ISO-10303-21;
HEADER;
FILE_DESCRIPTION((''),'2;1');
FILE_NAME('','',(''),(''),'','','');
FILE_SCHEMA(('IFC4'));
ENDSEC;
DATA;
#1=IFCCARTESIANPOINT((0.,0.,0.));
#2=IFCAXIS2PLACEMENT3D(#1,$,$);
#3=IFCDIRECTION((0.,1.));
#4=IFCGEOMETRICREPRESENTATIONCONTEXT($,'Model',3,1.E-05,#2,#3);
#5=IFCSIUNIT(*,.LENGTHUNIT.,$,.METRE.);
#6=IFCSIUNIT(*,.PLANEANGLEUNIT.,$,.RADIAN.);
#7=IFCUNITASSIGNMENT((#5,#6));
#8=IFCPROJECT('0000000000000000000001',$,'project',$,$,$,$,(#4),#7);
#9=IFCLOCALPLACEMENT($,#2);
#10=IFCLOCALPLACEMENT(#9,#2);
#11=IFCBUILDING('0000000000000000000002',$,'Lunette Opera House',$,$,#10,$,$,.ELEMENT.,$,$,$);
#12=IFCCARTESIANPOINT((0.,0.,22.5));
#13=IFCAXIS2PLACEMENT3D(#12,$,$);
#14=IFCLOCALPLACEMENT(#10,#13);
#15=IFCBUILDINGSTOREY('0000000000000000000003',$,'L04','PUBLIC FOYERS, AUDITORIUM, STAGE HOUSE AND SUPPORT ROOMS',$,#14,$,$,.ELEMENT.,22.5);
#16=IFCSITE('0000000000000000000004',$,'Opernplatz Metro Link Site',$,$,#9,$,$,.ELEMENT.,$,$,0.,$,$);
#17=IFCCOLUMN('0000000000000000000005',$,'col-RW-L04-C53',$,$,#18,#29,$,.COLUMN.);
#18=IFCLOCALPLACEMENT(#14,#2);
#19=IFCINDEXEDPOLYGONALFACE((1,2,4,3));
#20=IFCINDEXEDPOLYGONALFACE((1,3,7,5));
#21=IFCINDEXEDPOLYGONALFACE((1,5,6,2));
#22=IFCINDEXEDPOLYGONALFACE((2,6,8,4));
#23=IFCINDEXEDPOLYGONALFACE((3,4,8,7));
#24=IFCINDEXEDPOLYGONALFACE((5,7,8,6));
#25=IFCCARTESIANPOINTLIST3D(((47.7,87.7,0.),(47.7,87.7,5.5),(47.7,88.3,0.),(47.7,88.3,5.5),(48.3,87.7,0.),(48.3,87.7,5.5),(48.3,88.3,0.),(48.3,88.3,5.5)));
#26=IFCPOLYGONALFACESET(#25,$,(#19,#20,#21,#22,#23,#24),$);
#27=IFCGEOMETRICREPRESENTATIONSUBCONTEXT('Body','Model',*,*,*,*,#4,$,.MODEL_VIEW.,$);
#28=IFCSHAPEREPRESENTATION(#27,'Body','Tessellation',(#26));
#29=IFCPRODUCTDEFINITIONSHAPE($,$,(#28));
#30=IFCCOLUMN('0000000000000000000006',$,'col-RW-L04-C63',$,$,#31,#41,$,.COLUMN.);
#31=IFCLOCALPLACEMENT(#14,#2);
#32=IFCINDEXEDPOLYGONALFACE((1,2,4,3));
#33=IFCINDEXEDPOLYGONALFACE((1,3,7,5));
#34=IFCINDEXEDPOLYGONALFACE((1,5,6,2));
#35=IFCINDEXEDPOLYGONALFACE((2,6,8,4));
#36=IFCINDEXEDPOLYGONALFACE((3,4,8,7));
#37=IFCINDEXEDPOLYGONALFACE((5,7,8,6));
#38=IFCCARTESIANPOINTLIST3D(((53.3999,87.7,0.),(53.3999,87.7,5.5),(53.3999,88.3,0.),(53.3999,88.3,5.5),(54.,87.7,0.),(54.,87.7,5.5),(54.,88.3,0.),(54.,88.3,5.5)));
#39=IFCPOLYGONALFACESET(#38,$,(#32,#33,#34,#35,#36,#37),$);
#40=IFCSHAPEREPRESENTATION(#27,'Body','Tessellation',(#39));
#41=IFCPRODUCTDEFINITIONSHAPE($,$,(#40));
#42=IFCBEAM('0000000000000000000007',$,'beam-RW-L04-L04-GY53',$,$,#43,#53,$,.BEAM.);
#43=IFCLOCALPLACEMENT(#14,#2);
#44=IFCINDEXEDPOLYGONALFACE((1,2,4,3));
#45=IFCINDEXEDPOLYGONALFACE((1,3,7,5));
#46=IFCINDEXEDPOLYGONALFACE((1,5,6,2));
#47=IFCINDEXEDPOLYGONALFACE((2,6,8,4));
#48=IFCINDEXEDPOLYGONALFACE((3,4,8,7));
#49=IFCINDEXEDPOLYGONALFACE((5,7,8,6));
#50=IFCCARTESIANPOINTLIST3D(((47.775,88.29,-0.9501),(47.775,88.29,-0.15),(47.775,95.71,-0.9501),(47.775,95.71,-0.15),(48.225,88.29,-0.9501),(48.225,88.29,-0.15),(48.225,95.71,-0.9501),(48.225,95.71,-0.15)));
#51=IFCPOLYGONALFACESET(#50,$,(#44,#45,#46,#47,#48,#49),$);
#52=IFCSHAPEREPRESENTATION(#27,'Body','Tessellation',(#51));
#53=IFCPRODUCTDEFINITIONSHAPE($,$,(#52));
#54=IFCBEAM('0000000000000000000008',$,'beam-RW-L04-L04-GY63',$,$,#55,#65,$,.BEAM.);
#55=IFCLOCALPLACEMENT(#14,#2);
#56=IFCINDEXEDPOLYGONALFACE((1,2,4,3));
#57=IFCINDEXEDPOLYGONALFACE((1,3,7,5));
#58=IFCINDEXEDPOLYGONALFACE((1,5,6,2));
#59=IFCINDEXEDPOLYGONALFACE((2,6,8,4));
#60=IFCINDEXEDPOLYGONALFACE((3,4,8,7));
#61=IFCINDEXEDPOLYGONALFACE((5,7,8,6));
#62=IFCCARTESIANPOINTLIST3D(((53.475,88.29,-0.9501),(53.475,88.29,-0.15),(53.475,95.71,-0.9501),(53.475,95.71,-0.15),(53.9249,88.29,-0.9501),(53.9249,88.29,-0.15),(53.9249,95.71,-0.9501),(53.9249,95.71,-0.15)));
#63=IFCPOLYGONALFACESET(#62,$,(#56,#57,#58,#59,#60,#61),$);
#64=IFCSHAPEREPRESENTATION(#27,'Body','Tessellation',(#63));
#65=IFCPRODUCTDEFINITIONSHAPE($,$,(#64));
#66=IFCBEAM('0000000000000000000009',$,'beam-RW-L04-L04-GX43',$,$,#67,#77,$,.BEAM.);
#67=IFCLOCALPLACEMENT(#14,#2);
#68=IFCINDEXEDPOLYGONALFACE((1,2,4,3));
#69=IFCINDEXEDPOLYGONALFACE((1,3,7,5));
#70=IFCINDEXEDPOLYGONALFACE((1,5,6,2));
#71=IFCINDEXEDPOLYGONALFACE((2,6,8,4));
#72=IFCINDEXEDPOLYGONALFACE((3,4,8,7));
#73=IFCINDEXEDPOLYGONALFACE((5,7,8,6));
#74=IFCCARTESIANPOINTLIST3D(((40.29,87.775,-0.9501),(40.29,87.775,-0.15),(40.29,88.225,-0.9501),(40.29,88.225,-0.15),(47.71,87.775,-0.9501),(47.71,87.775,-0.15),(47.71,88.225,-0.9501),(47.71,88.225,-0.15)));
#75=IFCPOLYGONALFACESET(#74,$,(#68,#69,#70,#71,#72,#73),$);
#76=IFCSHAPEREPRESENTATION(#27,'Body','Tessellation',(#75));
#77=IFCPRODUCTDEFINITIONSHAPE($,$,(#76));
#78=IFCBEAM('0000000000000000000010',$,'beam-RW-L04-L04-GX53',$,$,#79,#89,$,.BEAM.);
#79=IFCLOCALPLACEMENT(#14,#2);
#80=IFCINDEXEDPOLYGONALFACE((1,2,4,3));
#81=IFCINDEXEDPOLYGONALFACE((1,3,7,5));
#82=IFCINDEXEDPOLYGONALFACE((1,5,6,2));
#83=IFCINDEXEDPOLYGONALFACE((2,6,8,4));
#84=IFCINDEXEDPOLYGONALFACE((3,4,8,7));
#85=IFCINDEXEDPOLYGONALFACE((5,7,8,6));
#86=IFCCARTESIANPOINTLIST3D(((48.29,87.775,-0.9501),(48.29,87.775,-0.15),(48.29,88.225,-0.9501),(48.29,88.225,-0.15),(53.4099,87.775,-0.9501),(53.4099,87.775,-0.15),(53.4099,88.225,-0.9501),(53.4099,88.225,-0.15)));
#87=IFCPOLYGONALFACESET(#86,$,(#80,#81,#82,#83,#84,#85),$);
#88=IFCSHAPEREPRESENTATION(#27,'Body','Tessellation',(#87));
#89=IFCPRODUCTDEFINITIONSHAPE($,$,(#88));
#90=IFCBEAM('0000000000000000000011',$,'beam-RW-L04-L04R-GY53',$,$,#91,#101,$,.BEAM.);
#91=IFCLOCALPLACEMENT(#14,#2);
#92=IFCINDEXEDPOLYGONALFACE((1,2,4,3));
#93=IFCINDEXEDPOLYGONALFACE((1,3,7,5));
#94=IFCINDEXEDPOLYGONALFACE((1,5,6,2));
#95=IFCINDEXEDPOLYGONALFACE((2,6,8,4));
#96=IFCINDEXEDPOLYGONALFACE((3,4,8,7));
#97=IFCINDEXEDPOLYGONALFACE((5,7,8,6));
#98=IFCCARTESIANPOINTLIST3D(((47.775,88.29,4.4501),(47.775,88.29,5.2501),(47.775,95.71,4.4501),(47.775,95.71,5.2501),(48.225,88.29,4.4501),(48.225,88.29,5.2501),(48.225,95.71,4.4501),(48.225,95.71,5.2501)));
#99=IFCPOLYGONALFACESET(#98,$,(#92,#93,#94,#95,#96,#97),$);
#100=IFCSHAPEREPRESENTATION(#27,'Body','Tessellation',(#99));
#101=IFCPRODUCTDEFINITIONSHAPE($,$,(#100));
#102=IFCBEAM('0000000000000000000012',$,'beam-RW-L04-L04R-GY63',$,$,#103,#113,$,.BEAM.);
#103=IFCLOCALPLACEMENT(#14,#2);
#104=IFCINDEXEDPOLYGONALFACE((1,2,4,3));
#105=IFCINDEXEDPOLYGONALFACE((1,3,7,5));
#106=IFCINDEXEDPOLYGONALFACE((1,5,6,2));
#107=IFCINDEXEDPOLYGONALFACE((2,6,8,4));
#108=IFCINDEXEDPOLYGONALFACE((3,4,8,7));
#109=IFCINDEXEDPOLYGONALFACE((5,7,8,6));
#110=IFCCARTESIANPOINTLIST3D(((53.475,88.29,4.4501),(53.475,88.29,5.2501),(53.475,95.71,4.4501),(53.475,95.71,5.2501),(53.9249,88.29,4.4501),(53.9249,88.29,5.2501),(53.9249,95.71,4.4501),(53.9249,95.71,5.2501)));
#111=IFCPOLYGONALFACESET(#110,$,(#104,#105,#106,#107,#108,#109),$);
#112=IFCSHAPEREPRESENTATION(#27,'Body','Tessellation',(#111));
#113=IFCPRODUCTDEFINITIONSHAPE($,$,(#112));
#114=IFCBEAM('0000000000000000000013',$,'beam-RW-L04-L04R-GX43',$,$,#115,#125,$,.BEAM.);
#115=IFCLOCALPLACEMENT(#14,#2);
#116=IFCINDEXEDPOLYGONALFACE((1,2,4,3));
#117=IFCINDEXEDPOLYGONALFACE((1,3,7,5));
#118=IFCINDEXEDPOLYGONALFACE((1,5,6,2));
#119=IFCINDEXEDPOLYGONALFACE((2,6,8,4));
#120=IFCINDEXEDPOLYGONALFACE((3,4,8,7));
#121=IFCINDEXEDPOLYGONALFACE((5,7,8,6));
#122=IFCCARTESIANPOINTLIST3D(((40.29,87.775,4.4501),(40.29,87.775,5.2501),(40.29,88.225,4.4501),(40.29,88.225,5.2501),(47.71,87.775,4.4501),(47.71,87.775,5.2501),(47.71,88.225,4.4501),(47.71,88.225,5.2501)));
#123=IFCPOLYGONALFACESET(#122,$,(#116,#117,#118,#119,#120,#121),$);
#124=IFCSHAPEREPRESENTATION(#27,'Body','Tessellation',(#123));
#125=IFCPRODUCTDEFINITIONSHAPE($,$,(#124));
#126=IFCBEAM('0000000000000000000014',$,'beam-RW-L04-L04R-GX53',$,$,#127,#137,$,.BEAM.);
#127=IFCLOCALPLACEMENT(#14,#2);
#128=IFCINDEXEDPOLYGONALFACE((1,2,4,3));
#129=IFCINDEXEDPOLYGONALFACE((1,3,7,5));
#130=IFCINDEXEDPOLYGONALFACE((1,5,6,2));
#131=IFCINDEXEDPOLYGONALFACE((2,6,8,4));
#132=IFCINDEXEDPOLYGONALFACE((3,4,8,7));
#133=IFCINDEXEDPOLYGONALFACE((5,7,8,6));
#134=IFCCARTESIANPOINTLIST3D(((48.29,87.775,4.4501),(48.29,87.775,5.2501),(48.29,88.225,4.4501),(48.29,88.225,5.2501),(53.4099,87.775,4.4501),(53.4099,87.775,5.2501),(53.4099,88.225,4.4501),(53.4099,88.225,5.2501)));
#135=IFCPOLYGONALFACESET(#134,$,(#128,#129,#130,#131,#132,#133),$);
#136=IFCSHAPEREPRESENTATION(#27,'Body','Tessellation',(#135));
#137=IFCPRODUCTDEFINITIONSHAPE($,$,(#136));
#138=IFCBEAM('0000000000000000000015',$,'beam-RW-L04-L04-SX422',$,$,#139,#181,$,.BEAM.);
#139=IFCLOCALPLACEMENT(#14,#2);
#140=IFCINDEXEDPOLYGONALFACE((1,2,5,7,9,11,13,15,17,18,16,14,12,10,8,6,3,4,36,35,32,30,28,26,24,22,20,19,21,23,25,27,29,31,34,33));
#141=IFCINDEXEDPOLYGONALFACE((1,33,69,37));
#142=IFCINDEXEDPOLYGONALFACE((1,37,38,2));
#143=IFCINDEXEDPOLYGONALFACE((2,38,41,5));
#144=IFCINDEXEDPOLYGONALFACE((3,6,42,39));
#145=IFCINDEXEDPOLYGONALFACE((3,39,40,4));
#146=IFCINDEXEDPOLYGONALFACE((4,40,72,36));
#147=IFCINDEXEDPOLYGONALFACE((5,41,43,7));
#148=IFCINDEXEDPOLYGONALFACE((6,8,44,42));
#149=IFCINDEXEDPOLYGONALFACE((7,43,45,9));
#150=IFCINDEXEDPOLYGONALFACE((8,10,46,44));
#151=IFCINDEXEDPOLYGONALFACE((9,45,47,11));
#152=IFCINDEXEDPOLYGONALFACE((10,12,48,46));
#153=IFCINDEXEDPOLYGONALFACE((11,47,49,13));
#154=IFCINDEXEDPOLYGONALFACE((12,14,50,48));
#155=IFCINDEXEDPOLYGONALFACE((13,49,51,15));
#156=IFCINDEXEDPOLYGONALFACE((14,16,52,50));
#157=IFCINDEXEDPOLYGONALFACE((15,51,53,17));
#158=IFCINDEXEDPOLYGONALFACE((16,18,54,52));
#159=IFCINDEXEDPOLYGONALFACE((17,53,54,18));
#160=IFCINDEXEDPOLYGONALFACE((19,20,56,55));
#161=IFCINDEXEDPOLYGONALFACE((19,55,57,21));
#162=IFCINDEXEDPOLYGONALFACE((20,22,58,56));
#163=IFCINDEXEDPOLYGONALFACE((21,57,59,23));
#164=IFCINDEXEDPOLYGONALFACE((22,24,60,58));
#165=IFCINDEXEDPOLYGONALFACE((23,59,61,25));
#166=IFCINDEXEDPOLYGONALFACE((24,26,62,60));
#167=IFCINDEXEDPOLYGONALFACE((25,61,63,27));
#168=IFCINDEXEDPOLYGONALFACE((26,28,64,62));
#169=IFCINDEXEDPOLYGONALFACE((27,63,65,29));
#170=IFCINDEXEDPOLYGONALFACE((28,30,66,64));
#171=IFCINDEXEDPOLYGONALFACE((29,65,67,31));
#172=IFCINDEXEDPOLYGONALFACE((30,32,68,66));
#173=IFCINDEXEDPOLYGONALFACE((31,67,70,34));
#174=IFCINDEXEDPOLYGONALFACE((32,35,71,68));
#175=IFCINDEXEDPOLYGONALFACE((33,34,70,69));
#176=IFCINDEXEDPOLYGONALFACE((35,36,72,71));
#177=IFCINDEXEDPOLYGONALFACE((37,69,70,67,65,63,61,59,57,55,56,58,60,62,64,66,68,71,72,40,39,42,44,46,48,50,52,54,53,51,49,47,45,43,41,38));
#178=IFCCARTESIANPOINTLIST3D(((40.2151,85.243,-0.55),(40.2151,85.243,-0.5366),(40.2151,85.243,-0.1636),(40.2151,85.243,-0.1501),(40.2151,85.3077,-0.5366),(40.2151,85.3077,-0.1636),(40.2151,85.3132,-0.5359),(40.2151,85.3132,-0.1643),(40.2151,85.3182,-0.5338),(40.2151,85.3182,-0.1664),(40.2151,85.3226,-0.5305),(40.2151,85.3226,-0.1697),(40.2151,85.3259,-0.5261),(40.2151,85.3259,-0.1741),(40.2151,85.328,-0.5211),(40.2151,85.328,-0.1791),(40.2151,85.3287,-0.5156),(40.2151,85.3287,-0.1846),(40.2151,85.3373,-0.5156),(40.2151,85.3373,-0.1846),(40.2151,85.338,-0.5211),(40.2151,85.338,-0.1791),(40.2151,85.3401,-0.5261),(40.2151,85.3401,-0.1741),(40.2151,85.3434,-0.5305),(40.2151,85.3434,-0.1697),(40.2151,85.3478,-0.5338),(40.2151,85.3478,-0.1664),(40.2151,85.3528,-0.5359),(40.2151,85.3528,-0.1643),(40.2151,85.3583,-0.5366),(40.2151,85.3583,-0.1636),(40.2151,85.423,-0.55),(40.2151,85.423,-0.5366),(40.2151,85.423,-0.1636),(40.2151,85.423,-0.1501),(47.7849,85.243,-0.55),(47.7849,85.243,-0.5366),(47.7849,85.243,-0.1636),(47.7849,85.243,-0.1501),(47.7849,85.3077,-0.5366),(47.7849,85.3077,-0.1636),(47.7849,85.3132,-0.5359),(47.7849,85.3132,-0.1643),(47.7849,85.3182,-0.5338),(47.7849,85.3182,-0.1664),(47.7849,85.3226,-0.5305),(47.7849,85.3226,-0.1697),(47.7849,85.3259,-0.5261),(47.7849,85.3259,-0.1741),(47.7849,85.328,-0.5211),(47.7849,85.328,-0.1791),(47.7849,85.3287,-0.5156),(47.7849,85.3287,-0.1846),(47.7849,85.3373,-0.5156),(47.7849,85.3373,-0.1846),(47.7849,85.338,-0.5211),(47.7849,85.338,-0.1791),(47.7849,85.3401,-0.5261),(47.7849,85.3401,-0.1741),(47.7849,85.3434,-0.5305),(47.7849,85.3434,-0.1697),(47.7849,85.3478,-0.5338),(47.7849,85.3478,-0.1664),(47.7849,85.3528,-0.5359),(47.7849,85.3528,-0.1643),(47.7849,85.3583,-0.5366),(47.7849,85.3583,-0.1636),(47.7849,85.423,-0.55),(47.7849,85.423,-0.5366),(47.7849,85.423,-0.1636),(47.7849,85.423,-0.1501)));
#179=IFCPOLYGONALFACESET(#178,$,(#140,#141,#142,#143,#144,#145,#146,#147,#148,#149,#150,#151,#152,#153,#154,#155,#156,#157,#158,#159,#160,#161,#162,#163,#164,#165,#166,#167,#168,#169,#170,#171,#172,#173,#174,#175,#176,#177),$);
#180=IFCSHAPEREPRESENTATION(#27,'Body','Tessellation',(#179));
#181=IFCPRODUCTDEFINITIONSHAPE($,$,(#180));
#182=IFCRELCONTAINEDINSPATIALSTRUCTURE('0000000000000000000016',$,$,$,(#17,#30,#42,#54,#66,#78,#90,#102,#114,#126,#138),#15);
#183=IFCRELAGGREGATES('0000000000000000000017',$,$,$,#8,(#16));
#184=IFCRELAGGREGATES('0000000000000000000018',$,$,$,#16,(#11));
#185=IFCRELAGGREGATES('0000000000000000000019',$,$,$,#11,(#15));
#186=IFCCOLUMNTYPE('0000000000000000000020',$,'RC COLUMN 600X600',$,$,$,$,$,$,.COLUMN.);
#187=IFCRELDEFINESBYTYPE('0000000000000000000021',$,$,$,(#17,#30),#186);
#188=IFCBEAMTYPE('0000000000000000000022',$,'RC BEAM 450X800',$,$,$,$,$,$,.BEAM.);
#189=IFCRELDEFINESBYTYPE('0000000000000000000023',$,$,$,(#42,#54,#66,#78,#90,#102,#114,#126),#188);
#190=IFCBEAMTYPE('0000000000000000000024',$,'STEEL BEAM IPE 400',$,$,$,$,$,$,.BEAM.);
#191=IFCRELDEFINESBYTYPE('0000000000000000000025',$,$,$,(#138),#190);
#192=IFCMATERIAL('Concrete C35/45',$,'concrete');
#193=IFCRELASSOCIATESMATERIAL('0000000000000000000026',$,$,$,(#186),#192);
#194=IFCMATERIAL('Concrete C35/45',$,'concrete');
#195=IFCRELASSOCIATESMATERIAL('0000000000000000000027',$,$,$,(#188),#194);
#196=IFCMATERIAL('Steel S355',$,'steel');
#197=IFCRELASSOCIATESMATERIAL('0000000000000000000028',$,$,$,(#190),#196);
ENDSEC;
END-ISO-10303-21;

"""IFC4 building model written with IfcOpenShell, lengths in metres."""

from ifc_helpers import new_model, si_unit, direction, frame, origin, origin_2d, place, context, subcontext, project, spatial, rectangle, i_section, extrude, material, material_profile, profile_set, type_object, element, save


model = new_model("IFC4")

# Units and contexts
model_context = context("Model", 3, precision=1e-05, world=origin(), true_north=direction((0.0, 1.0)))
body_context = subcontext(model_context, "Body", "Model", "MODEL_VIEW")
ifc_project = project(units=[si_unit("LENGTHUNIT", "METRE"), si_unit("PLANEANGLEUNIT", "RADIAN")], contexts=[model_context])

# Site, building, storey
site_placement = place(None, origin())
site = spatial("IfcSite", under=ifc_project, at=site_placement, Name="Opernplatz Metro Link Site", CompositionType="ELEMENT", RefElevation=0.0)
building_placement = place(site_placement, origin())
building = spatial("IfcBuilding", under=site, at=building_placement, Name="Lunette Opera House", CompositionType="ELEMENT")
storey_placement = place(building_placement, frame((0.0, 0.0, 22.5)))
storey = spatial("IfcBuildingStorey", under=building, at=storey_placement, Name="L04", Description="PUBLIC FOYERS, AUDITORIUM, STAGE HOUSE AND SUPPORT ROOMS", CompositionType="ELEMENT", Elevation=22.5)

# Columns
ifc_material_1 = material(Name="Concrete C35/45", Category="concrete")
ifc_material_profile_1 = material_profile(ifc_material_1, rectangle(XDim=0.6001, YDim=0.6001, at=origin_2d()), Name="RC COLUMN 600X600")
ifc_profile_set_1 = profile_set([ifc_material_profile_1], Name="Concrete C35/45")
column_type = type_object("IfcColumnType", Name="RC COLUMN 600X600", PredefinedType="COLUMN", material=ifc_profile_set_1)
for number, where, z_axis, x_axis, name in (
    (1, (48.0, 88.0, 0.0), (0.0, 0.0, 1.0), (1.0, 0.0, 0.0), "col-RW-L04-C53"),
    (2, (53.7, 88.0, 0.0), (0.0, 0.0, 1.0), (1.0, 0.0, 0.0), "col-RW-L04-C63"),
):
    element("IfcColumn", number, at=place(storey_placement, frame(where, z_axis=z_axis, x_axis=x_axis)), inside=storey, type_object=column_type, Name=name, PredefinedType="COLUMN", context=body_context, shape_type="SweptSolid", body=[
        extrude(rectangle(XDim=0.6001, YDim=0.6001, at=origin_2d()), origin(), (0.0, 0.0, 1.0), 5.5),
    ])

# Beams
ifc_material_2 = material(Name="Concrete C35/45", Category="concrete")
ifc_material_profile_2 = material_profile(ifc_material_2, rectangle(XDim=0.45, YDim=0.8, at=origin_2d()), Name="RC BEAM 450X800")
ifc_profile_set_2 = profile_set([ifc_material_profile_2], Name="Concrete C35/45")
beam_type_1 = type_object("IfcBeamType", Name="RC BEAM 450X800", PredefinedType="BEAM", material=ifc_profile_set_2)
for number, where, z_axis, x_axis, name in (
    (3, (48.0, 88.29, -0.55), (0.0, 1.0, 0.0), (-1.0, 0.0, 0.0), "beam-RW-L04-L04-GY53"),
    (4, (53.7, 88.29, -0.55), (0.0, 1.0, 0.0), (-1.0, 0.0, 0.0), "beam-RW-L04-L04-GY63"),
    (5, (40.29, 88.0, -0.55), (1.0, 0.0, 0.0), (0.0, 1.0, 0.0), "beam-RW-L04-L04-GX43"),
):
    element("IfcBeam", number, at=place(storey_placement, frame(where, z_axis=z_axis, x_axis=x_axis)), inside=storey, type_object=beam_type_1, Name=name, PredefinedType="BEAM", context=body_context, shape_type="SweptSolid", body=[
        extrude(rectangle(XDim=0.45, YDim=0.8, at=origin_2d()), origin(), (0.0, 0.0, 1.0), 7.4199),
    ])
beam_1_placement = place(storey_placement, frame((48.29, 88.0, -0.55), z_axis=(1.0, 0.0, 0.0), x_axis=(0.0, 1.0, 0.0)))
element("IfcBeam", 6, at=beam_1_placement, inside=storey, type_object=beam_type_1, Name="beam-RW-L04-L04-GX53", PredefinedType="BEAM", context=body_context, shape_type="SweptSolid", body=[
    extrude(rectangle(XDim=0.45, YDim=0.8, at=origin_2d()), origin(), (0.0, 0.0, 1.0), 5.1199),
])
for number, where, z_axis, x_axis, name in (
    (7, (48.0, 88.29, 4.8501), (0.0, 1.0, 0.0), (-1.0, 0.0, 0.0), "beam-RW-L04-L04R-GY53"),
    (8, (53.7, 88.29, 4.8501), (0.0, 1.0, 0.0), (-1.0, 0.0, 0.0), "beam-RW-L04-L04R-GY63"),
    (9, (40.29, 88.0, 4.8501), (1.0, 0.0, 0.0), (0.0, 1.0, 0.0), "beam-RW-L04-L04R-GX43"),
):
    element("IfcBeam", number, at=place(storey_placement, frame(where, z_axis=z_axis, x_axis=x_axis)), inside=storey, type_object=beam_type_1, Name=name, PredefinedType="BEAM", context=body_context, shape_type="SweptSolid", body=[
        extrude(rectangle(XDim=0.45, YDim=0.8, at=origin_2d()), origin(), (0.0, 0.0, 1.0), 7.4199),
    ])
beam_2_placement = place(storey_placement, frame((48.29, 88.0, 4.8501), z_axis=(1.0, 0.0, 0.0), x_axis=(0.0, 1.0, 0.0)))
element("IfcBeam", 10, at=beam_2_placement, inside=storey, type_object=beam_type_1, Name="beam-RW-L04-L04R-GX53", PredefinedType="BEAM", context=body_context, shape_type="SweptSolid", body=[
    extrude(rectangle(XDim=0.45, YDim=0.8, at=origin_2d()), origin(), (0.0, 0.0, 1.0), 5.1199),
])
ifc_material_3 = material(Name="Steel S355", Category="steel")
ifc_material_profile_3 = material_profile(ifc_material_3, i_section(OverallWidth=0.1799, OverallDepth=0.3999, WebThickness=0.0085, FlangeThickness=0.0134, FilletRadius=0.021, at=origin_2d()), Name="IPE 400")
ifc_profile_set_3 = profile_set([ifc_material_profile_3], Name="Steel S355")
beam_type_2 = type_object("IfcBeamType", Name="STEEL BEAM IPE 400", PredefinedType="BEAM", material=ifc_profile_set_3)
for number, where, z_axis, x_axis, name in (
    (11, (40.2151, 85.333, -0.3501), (1.0, 0.0, 0.0), (0.0, 1.0, 0.0), "beam-RW-L04-L04-SX422"),
):
    element("IfcBeam", number, at=place(storey_placement, frame(where, z_axis=z_axis, x_axis=x_axis)), inside=storey, type_object=beam_type_2, Name=name, PredefinedType="BEAM", context=body_context, shape_type="SweptSolid", body=[
        extrude(i_section(OverallWidth=0.1799, OverallDepth=0.3999, WebThickness=0.0085, FlangeThickness=0.0134, FilletRadius=0.021, at=origin_2d()), origin(), (0.0, 0.0, 1.0), 7.5698),
    ])

save(model, "model.ifc")
